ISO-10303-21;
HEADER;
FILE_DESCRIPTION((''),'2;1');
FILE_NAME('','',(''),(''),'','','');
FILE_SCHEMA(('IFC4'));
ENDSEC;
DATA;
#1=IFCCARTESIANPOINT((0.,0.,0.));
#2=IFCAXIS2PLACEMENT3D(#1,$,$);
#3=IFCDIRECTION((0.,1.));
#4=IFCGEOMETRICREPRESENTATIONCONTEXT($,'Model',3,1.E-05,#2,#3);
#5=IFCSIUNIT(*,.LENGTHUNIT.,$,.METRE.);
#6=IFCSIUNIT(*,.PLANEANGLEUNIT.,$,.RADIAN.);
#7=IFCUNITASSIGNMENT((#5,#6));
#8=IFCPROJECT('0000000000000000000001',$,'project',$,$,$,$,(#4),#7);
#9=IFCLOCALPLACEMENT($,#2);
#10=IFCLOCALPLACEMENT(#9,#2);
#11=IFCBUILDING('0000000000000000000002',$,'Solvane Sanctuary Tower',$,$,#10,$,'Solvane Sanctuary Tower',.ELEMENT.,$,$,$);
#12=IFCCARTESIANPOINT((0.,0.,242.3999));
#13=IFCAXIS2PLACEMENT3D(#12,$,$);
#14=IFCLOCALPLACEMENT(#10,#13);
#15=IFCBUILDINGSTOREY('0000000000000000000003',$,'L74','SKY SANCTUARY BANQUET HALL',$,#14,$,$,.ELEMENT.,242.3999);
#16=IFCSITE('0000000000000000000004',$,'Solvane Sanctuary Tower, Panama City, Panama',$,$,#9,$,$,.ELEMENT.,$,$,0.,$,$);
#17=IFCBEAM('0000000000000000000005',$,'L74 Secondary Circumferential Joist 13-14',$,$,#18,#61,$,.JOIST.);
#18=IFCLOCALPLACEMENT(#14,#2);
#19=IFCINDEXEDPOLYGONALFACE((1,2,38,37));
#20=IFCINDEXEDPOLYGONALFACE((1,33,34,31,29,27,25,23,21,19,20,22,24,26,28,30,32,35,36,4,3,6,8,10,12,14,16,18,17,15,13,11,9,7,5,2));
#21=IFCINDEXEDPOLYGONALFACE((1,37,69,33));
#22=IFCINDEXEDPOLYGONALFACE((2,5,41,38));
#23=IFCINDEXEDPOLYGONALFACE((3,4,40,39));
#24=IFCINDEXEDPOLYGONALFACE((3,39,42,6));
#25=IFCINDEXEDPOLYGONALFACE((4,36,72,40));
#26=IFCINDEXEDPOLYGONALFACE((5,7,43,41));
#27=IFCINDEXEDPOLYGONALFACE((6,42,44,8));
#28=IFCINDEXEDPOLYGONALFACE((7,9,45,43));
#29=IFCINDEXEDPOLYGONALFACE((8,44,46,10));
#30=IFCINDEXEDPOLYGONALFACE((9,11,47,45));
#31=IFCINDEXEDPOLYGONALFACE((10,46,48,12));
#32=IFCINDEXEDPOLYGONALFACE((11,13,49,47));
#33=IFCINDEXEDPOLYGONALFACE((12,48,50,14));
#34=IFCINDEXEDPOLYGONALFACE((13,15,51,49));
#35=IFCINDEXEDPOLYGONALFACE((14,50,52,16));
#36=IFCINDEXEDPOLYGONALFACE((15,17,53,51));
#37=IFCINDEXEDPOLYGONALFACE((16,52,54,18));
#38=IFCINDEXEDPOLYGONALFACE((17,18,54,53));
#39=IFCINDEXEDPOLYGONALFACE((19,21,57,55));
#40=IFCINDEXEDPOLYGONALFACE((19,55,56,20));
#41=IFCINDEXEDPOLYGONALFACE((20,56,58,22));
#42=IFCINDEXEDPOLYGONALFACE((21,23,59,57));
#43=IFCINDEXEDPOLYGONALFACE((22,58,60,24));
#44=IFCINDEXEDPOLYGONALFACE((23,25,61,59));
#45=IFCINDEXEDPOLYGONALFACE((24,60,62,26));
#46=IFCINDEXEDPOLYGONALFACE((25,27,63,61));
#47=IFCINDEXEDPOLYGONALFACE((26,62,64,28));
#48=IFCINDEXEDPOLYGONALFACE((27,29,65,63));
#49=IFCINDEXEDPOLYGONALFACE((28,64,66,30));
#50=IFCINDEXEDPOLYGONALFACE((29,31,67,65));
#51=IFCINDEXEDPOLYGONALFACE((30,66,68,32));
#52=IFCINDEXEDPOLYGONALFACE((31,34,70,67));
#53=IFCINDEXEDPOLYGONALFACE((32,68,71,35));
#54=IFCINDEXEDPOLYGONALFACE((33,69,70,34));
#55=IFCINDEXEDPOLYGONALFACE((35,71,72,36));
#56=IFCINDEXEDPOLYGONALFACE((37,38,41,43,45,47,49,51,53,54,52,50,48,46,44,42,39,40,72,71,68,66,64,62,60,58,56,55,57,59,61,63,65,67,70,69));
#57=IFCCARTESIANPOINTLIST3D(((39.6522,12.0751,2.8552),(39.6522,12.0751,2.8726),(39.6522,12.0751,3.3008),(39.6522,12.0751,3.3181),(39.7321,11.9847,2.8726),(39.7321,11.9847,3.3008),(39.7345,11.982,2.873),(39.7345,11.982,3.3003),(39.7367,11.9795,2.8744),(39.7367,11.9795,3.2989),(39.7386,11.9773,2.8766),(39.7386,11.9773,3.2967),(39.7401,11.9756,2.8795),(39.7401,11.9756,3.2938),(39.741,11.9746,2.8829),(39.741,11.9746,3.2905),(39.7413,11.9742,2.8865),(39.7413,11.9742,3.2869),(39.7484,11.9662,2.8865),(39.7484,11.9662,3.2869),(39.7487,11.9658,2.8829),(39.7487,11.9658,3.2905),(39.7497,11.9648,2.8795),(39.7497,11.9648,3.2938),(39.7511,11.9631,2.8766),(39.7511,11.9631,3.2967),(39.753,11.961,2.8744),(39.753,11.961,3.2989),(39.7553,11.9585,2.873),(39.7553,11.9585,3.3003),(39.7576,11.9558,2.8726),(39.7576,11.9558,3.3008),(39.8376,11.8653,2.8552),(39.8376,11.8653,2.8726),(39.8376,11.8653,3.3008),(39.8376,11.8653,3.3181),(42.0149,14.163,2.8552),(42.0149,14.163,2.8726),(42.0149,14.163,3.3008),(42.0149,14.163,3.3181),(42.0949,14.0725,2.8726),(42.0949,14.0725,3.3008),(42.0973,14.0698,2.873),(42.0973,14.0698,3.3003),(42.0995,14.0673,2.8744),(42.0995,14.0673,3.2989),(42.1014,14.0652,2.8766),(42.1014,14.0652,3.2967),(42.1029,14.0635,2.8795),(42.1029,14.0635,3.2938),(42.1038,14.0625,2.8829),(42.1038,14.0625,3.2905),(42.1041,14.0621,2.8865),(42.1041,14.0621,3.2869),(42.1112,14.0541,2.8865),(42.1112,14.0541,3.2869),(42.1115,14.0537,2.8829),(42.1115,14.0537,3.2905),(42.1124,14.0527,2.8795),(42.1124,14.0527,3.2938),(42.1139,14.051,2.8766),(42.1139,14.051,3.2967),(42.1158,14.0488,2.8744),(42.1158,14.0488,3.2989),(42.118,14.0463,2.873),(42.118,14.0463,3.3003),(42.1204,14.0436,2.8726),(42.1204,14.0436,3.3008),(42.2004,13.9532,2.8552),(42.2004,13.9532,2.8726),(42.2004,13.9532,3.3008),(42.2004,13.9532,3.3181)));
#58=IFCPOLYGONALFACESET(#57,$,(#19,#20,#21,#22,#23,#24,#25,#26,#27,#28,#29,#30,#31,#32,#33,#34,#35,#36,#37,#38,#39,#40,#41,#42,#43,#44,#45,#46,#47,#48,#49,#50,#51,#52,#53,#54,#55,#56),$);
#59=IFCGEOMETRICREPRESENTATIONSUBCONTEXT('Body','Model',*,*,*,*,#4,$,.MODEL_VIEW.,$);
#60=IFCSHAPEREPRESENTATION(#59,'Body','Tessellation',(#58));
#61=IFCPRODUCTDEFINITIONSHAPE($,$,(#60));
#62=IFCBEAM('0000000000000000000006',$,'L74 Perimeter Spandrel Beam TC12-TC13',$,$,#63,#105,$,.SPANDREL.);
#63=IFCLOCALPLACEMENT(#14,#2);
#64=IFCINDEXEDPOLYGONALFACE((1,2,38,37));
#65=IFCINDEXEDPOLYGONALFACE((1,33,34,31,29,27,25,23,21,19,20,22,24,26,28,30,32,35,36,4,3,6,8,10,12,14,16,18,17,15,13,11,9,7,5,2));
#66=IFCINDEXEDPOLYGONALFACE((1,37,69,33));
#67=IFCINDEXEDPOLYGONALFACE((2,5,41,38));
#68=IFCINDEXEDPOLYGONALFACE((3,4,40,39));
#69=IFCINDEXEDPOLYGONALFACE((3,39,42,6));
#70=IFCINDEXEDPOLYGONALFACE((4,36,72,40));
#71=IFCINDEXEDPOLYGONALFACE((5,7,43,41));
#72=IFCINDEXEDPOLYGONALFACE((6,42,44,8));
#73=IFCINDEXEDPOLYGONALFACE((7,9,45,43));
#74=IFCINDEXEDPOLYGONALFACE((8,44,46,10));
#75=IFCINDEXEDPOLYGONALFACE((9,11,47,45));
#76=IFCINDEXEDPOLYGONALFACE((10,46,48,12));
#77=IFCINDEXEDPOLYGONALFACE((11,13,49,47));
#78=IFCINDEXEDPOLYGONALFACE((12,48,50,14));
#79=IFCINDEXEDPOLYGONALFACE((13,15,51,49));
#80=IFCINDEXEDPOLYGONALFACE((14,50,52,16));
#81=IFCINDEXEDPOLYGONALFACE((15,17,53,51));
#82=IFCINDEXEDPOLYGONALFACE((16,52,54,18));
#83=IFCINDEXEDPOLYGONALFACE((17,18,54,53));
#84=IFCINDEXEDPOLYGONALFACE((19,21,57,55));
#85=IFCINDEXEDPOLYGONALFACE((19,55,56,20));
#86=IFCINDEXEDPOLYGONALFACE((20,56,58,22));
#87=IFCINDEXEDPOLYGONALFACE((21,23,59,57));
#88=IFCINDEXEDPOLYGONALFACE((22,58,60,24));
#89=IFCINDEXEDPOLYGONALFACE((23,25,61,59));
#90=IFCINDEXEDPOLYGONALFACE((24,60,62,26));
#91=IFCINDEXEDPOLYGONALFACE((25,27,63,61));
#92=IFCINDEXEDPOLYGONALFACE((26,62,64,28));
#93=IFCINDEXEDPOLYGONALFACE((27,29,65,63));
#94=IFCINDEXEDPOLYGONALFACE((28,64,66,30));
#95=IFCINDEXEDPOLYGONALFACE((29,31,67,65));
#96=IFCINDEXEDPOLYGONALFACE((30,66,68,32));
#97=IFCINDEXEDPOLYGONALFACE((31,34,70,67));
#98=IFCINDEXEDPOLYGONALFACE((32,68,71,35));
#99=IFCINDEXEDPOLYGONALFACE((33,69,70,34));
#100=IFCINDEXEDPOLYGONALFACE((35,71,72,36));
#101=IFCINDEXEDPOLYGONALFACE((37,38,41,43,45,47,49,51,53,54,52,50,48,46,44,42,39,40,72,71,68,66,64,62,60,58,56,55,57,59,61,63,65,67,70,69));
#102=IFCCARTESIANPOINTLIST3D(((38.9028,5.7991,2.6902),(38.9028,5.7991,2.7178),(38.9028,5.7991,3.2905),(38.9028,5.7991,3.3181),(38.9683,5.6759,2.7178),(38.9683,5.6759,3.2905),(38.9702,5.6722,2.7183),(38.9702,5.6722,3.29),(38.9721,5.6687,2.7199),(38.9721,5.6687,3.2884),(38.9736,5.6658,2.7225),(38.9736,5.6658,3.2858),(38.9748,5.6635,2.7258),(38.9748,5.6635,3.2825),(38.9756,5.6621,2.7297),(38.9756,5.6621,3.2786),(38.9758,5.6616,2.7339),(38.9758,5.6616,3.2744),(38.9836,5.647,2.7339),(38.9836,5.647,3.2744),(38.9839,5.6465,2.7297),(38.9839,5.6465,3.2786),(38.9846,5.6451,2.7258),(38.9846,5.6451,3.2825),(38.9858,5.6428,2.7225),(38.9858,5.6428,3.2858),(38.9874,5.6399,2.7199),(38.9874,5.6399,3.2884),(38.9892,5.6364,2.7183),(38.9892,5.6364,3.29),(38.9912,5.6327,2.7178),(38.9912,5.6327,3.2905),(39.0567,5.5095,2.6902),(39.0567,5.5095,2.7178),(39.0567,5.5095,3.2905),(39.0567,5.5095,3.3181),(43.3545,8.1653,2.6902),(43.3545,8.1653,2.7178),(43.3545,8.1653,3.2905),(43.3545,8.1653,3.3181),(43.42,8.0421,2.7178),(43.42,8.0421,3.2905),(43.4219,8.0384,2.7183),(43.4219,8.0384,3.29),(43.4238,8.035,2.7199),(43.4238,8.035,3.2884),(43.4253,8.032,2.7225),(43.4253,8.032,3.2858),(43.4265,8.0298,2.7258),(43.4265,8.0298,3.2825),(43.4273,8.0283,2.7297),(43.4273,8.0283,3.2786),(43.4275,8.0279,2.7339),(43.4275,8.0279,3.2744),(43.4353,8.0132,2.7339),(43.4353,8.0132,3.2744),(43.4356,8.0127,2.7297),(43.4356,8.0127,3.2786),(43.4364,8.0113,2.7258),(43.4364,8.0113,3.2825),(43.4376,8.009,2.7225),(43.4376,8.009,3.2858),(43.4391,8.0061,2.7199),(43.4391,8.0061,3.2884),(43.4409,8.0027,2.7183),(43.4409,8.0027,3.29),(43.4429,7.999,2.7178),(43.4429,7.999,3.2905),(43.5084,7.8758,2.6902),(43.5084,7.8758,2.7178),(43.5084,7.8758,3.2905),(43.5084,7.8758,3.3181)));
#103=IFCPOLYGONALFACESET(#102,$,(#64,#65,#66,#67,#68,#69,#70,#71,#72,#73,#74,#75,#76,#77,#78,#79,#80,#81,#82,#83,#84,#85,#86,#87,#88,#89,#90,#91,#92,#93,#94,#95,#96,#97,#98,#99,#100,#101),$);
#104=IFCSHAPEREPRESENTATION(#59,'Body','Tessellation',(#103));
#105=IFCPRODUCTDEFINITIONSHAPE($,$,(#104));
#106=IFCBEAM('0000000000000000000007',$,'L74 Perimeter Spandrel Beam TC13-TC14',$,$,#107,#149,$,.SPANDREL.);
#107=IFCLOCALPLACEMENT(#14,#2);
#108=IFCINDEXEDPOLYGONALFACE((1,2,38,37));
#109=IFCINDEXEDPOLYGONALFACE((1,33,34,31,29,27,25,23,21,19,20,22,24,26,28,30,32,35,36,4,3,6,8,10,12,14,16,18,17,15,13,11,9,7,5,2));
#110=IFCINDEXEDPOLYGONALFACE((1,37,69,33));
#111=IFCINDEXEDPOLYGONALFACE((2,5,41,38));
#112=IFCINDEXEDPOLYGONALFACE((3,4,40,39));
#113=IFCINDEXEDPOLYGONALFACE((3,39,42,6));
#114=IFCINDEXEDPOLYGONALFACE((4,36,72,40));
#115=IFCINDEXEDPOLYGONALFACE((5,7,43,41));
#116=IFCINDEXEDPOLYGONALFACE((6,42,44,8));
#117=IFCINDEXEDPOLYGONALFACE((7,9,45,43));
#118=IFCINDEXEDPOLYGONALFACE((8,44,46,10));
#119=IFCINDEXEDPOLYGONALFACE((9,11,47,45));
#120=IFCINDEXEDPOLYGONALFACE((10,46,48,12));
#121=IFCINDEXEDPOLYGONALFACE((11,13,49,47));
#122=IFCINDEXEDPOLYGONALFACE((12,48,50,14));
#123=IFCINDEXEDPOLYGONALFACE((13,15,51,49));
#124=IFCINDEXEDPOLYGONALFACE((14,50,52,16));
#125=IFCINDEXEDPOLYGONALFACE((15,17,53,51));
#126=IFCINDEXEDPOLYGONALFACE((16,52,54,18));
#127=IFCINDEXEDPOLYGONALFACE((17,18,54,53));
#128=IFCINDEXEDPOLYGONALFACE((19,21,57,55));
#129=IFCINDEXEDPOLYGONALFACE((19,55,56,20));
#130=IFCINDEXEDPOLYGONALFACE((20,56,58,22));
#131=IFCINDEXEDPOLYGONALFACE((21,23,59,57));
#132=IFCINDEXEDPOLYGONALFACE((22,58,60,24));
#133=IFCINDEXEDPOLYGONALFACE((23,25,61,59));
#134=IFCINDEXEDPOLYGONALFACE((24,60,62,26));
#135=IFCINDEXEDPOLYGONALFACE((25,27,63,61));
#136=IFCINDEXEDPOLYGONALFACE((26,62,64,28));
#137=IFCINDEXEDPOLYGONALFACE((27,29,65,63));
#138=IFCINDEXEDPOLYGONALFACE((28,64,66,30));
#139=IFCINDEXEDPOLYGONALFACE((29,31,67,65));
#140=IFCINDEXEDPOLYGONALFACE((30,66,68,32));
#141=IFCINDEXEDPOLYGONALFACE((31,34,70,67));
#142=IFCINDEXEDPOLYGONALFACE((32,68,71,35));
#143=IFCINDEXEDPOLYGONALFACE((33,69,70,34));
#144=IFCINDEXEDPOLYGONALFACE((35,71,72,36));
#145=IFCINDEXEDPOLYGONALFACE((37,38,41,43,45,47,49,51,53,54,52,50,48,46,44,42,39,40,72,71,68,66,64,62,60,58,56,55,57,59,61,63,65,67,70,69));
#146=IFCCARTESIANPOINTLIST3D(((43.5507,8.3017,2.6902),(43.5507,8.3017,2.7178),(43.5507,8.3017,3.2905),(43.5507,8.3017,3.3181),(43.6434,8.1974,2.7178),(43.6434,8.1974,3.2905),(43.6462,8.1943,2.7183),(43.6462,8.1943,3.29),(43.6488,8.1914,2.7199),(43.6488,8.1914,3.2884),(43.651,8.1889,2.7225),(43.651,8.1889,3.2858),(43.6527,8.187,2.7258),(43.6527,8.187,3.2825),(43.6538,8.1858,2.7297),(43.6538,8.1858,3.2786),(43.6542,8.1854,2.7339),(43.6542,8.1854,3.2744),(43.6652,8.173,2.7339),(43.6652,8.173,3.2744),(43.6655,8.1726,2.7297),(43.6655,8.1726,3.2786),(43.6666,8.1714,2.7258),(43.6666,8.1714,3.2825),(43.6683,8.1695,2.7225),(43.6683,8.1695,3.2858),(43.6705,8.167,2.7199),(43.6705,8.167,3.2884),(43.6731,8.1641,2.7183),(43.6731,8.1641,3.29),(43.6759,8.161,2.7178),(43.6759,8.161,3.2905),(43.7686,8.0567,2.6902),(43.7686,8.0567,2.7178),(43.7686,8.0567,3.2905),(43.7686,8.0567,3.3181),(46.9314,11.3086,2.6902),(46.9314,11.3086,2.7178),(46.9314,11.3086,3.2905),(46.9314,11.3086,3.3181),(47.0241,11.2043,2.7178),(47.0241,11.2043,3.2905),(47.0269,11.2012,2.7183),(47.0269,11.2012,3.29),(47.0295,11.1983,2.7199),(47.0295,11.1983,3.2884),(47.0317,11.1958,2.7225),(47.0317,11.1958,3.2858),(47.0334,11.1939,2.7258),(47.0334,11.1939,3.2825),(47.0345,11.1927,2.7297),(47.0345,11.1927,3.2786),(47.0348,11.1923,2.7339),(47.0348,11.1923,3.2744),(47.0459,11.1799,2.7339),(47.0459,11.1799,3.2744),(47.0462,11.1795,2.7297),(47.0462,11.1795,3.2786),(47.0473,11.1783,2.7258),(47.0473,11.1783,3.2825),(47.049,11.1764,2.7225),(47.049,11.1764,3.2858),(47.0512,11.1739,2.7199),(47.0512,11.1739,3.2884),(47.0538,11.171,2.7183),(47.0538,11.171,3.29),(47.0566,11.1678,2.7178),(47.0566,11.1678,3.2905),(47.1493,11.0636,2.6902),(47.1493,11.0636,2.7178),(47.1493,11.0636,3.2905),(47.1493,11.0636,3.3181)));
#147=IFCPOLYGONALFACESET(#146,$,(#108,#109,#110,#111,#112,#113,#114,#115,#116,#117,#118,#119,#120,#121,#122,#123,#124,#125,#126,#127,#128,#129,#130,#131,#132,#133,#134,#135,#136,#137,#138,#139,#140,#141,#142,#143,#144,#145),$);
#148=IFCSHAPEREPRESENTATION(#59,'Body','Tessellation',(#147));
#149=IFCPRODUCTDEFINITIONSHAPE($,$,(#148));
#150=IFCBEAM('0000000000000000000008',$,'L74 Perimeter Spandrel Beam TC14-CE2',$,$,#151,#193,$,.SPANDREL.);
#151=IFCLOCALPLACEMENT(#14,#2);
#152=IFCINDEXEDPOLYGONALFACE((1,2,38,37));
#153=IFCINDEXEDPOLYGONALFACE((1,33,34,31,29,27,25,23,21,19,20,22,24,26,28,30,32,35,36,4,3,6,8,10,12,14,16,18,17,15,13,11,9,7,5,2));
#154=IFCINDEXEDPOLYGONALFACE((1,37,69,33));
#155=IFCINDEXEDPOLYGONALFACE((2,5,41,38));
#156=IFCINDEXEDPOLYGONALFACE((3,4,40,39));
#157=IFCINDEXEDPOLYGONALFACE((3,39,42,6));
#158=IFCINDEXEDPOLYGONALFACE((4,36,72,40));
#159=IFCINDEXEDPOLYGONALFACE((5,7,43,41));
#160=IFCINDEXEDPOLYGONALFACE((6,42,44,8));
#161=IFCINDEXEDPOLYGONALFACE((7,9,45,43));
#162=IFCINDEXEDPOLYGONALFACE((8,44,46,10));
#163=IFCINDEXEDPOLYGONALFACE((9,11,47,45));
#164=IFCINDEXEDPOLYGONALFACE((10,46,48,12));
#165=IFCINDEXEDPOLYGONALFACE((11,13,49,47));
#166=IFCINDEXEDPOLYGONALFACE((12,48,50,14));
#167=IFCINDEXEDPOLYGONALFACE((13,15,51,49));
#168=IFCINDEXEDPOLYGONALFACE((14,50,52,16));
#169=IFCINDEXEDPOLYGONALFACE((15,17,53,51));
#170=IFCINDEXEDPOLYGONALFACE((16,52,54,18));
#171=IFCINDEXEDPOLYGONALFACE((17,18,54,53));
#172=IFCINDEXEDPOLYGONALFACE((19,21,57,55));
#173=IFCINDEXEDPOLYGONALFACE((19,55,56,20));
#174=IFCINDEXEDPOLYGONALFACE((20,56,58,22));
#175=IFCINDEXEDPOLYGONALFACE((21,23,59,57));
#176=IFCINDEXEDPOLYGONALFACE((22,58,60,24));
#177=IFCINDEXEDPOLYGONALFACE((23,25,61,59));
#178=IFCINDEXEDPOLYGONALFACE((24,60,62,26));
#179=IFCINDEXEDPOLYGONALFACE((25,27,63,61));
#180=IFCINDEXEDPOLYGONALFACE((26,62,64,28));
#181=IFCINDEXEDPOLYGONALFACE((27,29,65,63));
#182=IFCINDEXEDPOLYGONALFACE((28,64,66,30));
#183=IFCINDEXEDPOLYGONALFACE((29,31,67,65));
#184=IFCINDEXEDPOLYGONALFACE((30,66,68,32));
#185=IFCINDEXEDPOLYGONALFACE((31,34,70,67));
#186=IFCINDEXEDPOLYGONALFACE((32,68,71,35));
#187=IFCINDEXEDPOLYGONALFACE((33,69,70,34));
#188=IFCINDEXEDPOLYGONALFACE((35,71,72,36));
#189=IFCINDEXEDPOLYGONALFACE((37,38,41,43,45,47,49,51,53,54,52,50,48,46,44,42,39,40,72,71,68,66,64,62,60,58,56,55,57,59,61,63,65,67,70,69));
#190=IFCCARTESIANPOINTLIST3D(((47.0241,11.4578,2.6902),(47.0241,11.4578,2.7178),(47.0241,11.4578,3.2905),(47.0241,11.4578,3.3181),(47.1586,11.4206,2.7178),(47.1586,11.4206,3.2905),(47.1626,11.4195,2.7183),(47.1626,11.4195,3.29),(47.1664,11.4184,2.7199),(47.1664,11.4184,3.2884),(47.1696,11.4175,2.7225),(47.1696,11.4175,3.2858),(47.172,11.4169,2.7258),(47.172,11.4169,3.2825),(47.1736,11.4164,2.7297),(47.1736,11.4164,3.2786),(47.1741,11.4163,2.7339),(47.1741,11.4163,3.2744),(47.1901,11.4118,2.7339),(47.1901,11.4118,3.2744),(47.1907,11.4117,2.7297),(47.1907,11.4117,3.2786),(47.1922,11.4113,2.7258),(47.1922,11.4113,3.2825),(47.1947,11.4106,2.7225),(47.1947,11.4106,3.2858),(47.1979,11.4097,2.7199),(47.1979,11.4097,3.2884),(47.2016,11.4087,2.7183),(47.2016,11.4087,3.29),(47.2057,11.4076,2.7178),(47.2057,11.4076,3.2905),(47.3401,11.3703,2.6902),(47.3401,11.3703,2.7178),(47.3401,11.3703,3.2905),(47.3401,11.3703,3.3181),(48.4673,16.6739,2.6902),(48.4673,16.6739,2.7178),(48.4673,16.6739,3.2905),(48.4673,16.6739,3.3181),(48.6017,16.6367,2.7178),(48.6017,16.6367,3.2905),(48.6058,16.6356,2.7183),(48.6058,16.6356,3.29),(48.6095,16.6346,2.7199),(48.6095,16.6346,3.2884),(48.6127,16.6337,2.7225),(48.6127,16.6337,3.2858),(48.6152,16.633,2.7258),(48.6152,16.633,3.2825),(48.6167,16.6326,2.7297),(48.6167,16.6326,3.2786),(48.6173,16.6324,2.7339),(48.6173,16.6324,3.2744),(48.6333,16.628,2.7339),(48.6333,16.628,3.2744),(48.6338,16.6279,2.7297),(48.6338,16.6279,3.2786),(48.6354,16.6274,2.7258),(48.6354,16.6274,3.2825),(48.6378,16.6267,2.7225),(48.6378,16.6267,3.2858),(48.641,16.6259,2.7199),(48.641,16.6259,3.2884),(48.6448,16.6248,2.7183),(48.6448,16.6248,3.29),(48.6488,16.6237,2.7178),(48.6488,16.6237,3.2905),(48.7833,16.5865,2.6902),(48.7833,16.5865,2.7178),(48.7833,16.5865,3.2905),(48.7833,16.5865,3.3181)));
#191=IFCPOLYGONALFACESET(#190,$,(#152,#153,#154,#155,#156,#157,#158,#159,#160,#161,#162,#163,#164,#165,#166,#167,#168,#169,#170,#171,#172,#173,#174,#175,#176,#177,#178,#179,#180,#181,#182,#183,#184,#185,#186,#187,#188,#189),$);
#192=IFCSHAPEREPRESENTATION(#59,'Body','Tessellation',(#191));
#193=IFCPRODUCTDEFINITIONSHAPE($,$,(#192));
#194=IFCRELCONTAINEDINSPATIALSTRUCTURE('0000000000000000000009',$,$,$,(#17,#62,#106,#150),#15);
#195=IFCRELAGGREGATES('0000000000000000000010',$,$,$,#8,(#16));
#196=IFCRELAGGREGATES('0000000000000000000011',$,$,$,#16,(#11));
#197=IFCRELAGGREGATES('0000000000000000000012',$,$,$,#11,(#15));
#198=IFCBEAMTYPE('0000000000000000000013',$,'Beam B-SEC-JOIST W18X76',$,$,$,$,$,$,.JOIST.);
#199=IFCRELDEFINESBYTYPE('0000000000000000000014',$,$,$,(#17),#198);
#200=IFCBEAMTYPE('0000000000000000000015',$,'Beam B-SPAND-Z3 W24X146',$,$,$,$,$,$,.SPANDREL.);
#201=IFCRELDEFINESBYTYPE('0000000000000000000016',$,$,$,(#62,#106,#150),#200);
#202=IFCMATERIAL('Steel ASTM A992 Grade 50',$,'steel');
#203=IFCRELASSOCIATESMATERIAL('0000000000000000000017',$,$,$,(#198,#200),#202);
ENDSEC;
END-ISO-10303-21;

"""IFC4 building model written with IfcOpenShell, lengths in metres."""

from ifc_helpers import new_model, si_unit, direction, frame, origin, origin_2d, place, context, subcontext, project, spatial, i_section, extrude, material, material_profile, profile_set, type_object, element, save


model = new_model("IFC4")

# Units and contexts
model_context = context("Model", 3, precision=1e-05, world=origin(), true_north=direction((0.0, 1.0)))
body_context = subcontext(model_context, "Body", "Model", "MODEL_VIEW")
ifc_project = project(units=[si_unit("LENGTHUNIT", "METRE"), si_unit("PLANEANGLEUNIT", "RADIAN")], contexts=[model_context])

# Site, building, storey
site_placement = place(None, origin())
site = spatial("IfcSite", under=ifc_project, at=site_placement, Name="Solvane Sanctuary Tower, Panama City, Panama", CompositionType="ELEMENT", RefElevation=0.0)
building_placement = place(site_placement, origin())
building = spatial("IfcBuilding", under=site, at=building_placement, Name="Solvane Sanctuary Tower", LongName="Solvane Sanctuary Tower", CompositionType="ELEMENT")
storey_placement = place(building_placement, frame((0.0, 0.0, 242.3999)))
storey = spatial("IfcBuildingStorey", under=building, at=storey_placement, Name="L74", Description="SKY SANCTUARY BANQUET HALL", CompositionType="ELEMENT", Elevation=242.3999)

# Beams
ifc_material_1 = material(Name="Steel ASTM A992 Grade 50", Category="steel")
ifc_material_profile_1 = material_profile(ifc_material_1, i_section(OverallWidth=0.28, OverallDepth=0.4629, WebThickness=0.0107, FlangeThickness=0.0173, FilletRadius=0.0139, at=origin_2d()), Name="W18X76")
ifc_profile_set_1 = profile_set([ifc_material_profile_1], Name="Steel ASTM A992 Grade 50")
beam_type_1 = type_object("IfcBeamType", Name="Beam B-SEC-JOIST W18X76", PredefinedType="JOIST", material=ifc_profile_set_1)
beam_1_placement = place(storey_placement, frame((39.7449, 11.9702, 3.0867), z_axis=(0.749354, 0.662169, 0.0), x_axis=(-0.662169, 0.749354, 0.0)))
element("IfcBeam", 1, at=beam_1_placement, inside=storey, type_object=beam_type_1, Name="L74 Secondary Circumferential Joist 13-14", PredefinedType="JOIST", context=body_context, shape_type="SweptSolid", body=[
    extrude(i_section(OverallWidth=0.28, OverallDepth=0.4629, WebThickness=0.0107, FlangeThickness=0.0173, FilletRadius=0.0139, at=origin_2d()), origin(), (0.0, 0.0, 1.0), 3.1531),
])
ifc_material_profile_2 = material_profile(ifc_material_1, i_section(OverallWidth=0.3279, OverallDepth=0.6279, WebThickness=0.0166, FlangeThickness=0.0276, FilletRadius=0.0161, at=origin_2d()), Name="W24X146")
ifc_profile_set_2 = profile_set([ifc_material_profile_2], Name="Steel ASTM A992 Grade 50")
beam_type_2 = type_object("IfcBeamType", Name="Beam B-SPAND-Z3 W24X146", PredefinedType="SPANDREL", material=ifc_profile_set_2)
beam_2_placement = place(storey_placement, frame((38.9797, 5.6543, 3.0042), z_axis=(0.883012, 0.469351, 0.0), x_axis=(-0.469351, 0.883012, 0.0)))
element("IfcBeam", 2, at=beam_2_placement, inside=storey, type_object=beam_type_2, Name="L74 Perimeter Spandrel Beam TC12-TC13", PredefinedType="SPANDREL", context=body_context, shape_type="SweptSolid", body=[
    extrude(i_section(OverallWidth=0.3279, OverallDepth=0.6279, WebThickness=0.0166, FlangeThickness=0.0276, FilletRadius=0.0161, at=origin_2d()), origin(), (0.0, 0.0, 1.0), 5.0415),
])
beam_3_placement = place(storey_placement, frame((43.6597, 8.1792, 3.0042), z_axis=(0.747207, 0.664592, 0.0), x_axis=(-0.664592, 0.747207, 0.0)))
element("IfcBeam", 3, at=beam_3_placement, inside=storey, type_object=beam_type_2, Name="L74 Perimeter Spandrel Beam TC13-TC14", PredefinedType="SPANDREL", context=body_context, shape_type="SweptSolid", body=[
    extrude(i_section(OverallWidth=0.3279, OverallDepth=0.6279, WebThickness=0.0166, FlangeThickness=0.0276, FilletRadius=0.0161, at=origin_2d()), origin(), (0.0, 0.0, 1.0), 4.5244),
])
beam_4_placement = place(storey_placement, frame((47.1821, 11.4141, 3.0042), z_axis=(0.26665, 0.963793, 0.0), x_axis=(-0.963793, 0.26665, 0.0)))
element("IfcBeam", 4, at=beam_4_placement, inside=storey, type_object=beam_type_2, Name="L74 Perimeter Spandrel Beam TC14-CE2", PredefinedType="SPANDREL", context=body_context, shape_type="SweptSolid", body=[
    extrude(i_section(OverallWidth=0.3279, OverallDepth=0.6279, WebThickness=0.0166, FlangeThickness=0.0276, FilletRadius=0.0161, at=origin_2d()), origin(), (0.0, 0.0, 1.0), 5.4121),
])

save(model, "model.ifc")
